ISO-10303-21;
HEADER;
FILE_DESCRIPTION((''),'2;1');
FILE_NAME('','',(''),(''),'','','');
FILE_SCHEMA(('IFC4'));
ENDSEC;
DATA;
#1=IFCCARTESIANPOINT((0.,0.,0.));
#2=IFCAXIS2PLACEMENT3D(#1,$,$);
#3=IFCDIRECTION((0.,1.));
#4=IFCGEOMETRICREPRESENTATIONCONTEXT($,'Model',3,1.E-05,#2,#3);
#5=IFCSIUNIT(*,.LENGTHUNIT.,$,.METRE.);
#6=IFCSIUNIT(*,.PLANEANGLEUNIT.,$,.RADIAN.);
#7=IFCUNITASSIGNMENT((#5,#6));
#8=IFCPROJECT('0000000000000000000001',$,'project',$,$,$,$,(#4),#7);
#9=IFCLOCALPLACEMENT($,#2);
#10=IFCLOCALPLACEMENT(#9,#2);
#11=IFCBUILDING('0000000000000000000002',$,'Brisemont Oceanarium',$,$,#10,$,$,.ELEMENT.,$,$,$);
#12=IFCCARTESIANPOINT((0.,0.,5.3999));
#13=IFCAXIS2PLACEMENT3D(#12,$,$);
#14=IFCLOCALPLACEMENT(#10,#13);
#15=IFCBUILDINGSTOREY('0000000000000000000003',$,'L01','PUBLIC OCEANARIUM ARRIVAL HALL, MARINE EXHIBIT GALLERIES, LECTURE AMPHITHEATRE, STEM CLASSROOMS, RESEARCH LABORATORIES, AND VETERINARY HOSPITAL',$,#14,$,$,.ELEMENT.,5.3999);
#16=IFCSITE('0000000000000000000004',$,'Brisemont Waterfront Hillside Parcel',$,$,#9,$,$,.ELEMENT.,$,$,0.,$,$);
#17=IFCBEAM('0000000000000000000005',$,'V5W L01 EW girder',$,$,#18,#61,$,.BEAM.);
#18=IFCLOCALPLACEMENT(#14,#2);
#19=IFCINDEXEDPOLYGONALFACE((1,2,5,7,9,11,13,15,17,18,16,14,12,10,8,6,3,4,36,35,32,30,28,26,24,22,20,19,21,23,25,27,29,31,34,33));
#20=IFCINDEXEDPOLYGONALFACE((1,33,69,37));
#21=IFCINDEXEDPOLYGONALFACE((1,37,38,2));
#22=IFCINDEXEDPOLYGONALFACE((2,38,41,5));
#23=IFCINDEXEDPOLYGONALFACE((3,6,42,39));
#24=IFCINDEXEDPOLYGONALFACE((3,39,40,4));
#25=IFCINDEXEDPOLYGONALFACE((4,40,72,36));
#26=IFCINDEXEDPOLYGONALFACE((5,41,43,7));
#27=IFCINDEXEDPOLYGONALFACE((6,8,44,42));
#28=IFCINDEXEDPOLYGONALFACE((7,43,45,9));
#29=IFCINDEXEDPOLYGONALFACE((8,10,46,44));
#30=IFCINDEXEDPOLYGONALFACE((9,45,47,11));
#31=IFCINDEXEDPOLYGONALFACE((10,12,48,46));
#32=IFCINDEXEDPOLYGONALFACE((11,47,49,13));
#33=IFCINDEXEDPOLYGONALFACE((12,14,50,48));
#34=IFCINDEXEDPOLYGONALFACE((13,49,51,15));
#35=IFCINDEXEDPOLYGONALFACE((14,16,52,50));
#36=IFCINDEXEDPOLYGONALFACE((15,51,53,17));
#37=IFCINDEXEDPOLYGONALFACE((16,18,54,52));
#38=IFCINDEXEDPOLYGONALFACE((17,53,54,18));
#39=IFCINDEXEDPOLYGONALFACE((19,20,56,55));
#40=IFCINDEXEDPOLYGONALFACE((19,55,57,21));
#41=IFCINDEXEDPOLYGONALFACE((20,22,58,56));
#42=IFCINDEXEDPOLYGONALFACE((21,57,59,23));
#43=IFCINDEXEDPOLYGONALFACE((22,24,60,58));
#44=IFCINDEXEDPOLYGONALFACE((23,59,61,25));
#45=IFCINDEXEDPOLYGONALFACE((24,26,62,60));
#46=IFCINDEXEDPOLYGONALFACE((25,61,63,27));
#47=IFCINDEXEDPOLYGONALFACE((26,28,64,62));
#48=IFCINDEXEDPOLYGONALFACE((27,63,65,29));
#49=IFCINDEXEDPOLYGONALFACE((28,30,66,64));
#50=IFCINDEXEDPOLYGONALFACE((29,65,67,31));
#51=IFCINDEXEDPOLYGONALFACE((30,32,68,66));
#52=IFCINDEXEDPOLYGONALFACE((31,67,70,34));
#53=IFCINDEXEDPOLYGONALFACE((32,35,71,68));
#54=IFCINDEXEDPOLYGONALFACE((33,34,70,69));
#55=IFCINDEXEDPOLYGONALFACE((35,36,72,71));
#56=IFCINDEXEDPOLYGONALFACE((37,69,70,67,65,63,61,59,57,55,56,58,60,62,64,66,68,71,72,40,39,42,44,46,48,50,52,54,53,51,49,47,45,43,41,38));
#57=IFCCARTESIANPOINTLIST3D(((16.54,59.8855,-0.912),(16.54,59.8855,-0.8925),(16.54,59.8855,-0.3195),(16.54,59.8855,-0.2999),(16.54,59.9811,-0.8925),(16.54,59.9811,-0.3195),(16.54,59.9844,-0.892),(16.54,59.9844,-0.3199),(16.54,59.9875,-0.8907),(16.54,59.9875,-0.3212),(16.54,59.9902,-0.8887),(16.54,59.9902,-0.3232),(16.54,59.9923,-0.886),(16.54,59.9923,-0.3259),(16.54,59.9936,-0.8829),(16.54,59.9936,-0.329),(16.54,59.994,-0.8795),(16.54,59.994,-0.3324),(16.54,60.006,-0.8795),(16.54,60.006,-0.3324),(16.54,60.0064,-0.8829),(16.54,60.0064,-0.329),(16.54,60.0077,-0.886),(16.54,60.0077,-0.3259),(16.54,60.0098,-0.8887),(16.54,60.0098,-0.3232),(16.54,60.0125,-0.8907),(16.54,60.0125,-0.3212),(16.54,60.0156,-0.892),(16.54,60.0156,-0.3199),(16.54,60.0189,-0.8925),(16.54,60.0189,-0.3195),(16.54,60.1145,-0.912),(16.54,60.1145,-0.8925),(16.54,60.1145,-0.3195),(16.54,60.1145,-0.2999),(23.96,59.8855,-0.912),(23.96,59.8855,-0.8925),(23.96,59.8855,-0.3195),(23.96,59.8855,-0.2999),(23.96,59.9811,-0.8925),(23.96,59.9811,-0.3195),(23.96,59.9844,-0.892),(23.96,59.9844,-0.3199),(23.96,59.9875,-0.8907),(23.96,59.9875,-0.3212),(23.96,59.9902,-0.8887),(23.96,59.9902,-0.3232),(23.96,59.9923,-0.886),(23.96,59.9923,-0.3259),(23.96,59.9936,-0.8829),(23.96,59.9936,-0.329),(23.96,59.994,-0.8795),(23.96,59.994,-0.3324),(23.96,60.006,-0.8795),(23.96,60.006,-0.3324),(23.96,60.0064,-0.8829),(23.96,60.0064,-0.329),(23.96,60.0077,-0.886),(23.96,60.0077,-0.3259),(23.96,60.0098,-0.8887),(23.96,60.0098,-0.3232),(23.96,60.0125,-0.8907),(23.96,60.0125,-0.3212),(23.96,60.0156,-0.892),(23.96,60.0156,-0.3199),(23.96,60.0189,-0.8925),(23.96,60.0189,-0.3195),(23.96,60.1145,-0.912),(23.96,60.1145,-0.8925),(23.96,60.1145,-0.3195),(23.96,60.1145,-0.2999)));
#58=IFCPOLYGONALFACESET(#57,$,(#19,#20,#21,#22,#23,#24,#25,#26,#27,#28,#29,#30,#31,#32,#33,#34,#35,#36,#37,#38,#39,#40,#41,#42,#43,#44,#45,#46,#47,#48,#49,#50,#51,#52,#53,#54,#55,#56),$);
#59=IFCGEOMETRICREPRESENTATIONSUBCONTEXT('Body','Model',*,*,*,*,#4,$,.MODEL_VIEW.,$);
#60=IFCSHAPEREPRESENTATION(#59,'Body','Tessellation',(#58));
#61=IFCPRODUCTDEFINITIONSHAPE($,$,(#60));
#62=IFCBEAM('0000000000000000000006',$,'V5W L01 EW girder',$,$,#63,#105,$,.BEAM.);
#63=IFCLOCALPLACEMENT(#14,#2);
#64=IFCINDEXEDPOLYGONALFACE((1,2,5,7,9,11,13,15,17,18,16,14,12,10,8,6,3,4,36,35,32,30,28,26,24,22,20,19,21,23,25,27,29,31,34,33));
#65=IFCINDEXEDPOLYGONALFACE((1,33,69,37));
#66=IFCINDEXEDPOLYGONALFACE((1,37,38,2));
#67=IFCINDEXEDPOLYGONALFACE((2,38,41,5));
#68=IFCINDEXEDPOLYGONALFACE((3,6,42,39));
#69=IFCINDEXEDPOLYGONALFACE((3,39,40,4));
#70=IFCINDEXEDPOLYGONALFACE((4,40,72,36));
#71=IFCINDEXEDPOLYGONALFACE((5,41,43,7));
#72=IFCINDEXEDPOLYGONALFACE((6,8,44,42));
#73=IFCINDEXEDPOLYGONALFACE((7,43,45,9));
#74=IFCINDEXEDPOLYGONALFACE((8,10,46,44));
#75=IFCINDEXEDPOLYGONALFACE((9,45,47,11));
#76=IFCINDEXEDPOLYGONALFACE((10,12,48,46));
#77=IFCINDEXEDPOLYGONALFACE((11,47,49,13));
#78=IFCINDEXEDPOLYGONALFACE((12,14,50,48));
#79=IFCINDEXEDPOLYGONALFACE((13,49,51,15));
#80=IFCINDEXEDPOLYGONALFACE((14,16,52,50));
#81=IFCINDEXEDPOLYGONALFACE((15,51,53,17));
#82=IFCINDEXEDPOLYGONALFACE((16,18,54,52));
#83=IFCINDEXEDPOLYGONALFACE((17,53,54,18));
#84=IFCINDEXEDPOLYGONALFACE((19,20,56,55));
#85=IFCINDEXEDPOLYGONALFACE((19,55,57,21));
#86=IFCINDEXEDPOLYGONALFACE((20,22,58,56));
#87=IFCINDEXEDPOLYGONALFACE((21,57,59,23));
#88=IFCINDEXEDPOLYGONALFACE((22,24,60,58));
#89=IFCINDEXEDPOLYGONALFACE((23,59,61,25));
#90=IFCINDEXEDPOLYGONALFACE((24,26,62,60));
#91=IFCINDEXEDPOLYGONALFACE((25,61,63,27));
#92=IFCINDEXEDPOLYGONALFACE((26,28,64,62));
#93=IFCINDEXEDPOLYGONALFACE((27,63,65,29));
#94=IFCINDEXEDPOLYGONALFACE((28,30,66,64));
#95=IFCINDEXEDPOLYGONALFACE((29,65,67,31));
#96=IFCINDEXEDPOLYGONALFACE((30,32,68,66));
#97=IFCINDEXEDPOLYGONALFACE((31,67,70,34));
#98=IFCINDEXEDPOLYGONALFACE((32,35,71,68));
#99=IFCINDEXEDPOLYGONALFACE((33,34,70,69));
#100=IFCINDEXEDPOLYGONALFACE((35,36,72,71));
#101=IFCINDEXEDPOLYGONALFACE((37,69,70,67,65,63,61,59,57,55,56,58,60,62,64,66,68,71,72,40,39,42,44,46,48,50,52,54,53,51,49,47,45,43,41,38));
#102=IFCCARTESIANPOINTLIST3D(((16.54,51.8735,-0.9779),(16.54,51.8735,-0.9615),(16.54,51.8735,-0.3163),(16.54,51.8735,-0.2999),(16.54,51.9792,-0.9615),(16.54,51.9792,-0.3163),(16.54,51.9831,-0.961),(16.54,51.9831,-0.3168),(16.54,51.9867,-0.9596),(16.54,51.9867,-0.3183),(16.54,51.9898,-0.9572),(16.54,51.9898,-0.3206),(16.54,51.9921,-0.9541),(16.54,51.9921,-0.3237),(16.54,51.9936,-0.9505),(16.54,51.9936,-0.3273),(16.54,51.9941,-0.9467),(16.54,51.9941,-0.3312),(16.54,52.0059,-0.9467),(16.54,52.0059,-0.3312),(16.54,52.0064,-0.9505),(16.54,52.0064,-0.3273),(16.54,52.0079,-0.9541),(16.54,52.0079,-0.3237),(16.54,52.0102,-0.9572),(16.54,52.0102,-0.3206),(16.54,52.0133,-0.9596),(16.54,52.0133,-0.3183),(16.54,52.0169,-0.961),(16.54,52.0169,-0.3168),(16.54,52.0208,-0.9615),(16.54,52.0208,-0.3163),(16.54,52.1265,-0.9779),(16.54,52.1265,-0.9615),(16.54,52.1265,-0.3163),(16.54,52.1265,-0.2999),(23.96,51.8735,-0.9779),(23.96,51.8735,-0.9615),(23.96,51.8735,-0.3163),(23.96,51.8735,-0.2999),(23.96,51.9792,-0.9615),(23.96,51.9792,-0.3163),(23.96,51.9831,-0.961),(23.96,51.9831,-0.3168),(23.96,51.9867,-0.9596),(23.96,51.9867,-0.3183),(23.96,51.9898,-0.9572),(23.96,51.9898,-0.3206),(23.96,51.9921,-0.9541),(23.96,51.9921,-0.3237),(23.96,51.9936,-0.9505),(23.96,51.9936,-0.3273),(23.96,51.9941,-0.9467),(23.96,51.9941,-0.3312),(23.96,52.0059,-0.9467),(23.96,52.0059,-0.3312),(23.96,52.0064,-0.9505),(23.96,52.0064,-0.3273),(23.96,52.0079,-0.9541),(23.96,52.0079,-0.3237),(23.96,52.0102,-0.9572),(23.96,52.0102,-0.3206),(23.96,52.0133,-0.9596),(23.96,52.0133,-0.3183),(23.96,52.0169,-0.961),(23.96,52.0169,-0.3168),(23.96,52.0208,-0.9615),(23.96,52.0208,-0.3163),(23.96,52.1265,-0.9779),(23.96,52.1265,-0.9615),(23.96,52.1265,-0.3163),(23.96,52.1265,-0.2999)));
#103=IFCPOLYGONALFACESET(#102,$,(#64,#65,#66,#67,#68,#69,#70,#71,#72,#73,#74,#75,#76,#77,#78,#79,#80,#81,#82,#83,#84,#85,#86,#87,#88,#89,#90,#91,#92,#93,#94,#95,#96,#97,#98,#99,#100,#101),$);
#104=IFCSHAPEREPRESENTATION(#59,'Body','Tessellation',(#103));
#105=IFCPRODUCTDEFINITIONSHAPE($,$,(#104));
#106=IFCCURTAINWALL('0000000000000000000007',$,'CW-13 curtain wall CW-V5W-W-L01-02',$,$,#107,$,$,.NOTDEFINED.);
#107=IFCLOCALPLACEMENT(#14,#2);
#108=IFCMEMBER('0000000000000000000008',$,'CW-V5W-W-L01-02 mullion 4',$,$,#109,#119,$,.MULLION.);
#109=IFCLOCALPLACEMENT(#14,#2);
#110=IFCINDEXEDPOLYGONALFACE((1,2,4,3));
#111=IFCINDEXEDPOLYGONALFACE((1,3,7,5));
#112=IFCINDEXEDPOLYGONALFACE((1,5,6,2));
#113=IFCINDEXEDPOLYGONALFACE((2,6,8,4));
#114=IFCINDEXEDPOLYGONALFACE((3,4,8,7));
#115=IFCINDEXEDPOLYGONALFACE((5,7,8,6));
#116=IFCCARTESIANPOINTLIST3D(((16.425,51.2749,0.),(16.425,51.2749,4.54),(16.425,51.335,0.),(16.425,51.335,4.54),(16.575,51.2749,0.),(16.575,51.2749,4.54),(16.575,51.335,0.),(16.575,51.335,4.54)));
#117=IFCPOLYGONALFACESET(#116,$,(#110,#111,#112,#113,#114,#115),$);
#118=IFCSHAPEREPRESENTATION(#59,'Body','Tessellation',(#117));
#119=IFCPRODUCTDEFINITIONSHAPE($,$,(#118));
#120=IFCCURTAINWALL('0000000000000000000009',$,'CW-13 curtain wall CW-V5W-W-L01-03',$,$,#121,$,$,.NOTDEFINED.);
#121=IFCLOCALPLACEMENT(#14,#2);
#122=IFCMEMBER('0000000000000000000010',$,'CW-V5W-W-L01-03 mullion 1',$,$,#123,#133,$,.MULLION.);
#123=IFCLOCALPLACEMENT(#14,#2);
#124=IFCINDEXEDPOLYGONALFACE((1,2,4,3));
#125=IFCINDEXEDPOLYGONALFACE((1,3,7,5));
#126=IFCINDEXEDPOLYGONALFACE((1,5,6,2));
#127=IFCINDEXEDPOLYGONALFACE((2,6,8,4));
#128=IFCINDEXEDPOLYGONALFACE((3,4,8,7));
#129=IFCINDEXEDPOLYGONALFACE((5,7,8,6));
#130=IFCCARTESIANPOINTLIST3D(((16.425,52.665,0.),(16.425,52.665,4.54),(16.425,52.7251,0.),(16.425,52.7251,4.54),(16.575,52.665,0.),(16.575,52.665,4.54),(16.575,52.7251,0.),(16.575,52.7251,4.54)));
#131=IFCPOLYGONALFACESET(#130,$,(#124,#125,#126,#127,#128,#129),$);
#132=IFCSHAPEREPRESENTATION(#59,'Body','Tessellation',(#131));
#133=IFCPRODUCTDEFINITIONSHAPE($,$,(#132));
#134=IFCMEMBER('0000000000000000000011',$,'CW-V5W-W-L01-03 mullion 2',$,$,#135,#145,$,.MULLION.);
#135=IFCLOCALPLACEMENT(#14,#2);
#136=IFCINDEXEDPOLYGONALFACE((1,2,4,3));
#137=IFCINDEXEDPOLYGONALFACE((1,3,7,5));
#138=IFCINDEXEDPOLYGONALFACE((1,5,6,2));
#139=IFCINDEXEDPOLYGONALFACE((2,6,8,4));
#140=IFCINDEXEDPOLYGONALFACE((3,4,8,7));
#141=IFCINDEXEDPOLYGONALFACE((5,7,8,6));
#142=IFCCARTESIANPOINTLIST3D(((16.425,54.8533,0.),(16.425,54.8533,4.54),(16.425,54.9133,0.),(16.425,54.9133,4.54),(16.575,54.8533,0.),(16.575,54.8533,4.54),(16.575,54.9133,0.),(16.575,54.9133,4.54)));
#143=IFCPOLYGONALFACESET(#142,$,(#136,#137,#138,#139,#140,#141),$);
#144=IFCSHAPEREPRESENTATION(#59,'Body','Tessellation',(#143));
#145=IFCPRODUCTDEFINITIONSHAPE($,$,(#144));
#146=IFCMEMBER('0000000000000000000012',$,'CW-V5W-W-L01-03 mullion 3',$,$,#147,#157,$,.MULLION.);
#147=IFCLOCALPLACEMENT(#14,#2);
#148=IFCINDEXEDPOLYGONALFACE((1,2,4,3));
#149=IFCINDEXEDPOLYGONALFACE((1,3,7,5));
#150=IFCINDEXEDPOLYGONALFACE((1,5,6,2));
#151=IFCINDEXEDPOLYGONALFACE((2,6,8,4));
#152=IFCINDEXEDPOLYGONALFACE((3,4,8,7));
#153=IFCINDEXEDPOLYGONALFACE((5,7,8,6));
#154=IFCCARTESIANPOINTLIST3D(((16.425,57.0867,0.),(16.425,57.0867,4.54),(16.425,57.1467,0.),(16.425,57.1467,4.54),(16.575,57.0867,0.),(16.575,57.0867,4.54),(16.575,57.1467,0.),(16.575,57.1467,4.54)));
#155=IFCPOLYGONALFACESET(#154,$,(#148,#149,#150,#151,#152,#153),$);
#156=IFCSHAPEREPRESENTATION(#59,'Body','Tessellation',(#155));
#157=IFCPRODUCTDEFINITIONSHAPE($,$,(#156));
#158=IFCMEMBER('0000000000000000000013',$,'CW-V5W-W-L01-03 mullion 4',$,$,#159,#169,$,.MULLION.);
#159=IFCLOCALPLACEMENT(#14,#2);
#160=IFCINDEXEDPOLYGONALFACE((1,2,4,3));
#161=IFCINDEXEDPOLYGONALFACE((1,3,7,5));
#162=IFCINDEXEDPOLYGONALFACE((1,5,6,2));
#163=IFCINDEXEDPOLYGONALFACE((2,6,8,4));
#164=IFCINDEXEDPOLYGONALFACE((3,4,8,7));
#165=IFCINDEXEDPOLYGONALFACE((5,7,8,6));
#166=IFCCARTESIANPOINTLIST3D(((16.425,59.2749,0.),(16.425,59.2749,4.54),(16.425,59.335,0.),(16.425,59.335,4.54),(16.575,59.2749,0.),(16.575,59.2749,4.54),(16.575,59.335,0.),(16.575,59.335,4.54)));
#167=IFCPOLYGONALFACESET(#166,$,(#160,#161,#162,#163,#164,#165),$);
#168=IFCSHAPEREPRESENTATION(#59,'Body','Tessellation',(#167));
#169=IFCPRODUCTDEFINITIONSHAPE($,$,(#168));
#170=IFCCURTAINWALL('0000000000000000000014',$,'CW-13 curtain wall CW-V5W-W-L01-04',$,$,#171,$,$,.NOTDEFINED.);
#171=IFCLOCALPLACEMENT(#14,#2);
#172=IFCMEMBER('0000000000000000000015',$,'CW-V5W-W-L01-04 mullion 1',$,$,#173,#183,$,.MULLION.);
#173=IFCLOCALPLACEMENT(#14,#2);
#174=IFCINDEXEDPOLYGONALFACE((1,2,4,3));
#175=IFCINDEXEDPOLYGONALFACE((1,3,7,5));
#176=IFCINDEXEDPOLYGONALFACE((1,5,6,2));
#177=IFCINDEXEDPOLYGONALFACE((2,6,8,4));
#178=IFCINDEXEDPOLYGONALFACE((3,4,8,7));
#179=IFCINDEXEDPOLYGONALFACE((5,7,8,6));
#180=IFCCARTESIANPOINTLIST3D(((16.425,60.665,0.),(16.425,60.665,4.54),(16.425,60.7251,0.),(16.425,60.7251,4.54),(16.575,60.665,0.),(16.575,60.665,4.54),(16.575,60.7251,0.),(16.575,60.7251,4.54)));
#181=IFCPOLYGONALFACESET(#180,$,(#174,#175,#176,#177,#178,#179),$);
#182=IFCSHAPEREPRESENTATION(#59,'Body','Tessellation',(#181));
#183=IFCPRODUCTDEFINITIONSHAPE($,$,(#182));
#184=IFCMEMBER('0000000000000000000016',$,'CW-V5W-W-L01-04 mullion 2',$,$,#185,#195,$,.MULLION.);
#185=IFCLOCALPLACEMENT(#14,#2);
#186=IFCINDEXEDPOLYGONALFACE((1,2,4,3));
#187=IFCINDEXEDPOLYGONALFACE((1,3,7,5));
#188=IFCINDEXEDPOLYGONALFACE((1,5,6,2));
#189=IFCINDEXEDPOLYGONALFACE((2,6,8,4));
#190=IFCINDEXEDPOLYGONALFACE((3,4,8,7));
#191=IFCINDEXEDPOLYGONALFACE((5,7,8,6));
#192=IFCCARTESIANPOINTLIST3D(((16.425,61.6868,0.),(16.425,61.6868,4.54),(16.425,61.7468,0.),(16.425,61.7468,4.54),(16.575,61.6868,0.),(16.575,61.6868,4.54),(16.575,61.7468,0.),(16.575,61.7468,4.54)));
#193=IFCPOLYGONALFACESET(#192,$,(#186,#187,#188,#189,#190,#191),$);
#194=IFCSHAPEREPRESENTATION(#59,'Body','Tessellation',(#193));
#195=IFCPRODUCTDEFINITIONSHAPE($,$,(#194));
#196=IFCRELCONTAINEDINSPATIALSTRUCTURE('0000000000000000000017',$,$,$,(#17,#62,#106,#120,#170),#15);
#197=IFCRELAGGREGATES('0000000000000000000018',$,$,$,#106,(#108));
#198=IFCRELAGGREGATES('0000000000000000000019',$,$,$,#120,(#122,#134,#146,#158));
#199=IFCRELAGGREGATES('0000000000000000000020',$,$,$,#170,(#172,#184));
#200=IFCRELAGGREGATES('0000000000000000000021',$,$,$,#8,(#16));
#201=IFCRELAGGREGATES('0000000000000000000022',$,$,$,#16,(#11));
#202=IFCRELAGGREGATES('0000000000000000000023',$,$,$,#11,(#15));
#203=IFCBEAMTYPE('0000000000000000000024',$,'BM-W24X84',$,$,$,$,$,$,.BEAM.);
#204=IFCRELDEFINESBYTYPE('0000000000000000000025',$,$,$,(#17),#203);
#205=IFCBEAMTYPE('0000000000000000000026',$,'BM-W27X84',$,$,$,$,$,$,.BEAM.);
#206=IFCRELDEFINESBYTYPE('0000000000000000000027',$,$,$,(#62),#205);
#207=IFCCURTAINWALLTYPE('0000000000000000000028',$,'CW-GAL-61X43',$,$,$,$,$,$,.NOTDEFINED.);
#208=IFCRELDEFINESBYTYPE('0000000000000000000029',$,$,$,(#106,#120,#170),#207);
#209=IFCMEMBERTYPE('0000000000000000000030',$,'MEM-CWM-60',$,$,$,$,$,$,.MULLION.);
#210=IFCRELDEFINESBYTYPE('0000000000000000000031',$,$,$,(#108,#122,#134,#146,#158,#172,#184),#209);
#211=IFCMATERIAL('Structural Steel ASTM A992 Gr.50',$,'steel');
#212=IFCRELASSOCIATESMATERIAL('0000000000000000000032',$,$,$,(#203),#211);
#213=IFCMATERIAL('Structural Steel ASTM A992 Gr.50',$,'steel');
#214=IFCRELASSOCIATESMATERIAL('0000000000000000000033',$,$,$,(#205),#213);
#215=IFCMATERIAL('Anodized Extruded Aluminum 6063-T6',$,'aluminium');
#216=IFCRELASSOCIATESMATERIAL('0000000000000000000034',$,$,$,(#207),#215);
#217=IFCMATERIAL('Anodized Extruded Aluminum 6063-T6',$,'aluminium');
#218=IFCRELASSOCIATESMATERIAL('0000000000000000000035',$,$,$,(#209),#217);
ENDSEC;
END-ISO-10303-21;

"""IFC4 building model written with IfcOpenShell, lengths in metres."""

from ifc_helpers import new_model, si_unit, direction, frame, origin, origin_2d, place, context, subcontext, project, spatial, rectangle, i_section, extrude, material, material_profile, profile_set, type_object, element, aggregate, save


model = new_model("IFC4")

# Units and contexts
model_context = context("Model", 3, precision=1e-05, world=origin(), true_north=direction((0.0, 1.0)))
body_context = subcontext(model_context, "Body", "Model", "MODEL_VIEW")
ifc_project = project(units=[si_unit("LENGTHUNIT", "METRE"), si_unit("PLANEANGLEUNIT", "RADIAN")], contexts=[model_context])

# Site, building, storey
site_placement = place(None, origin())
site = spatial("IfcSite", under=ifc_project, at=site_placement, Name="Brisemont Waterfront Hillside Parcel", CompositionType="ELEMENT", RefElevation=0.0)
building_placement = place(site_placement, origin())
building = spatial("IfcBuilding", under=site, at=building_placement, Name="Brisemont Oceanarium", CompositionType="ELEMENT")
storey_placement = place(building_placement, frame((0.0, 0.0, 5.3999)))
storey = spatial("IfcBuildingStorey", under=building, at=storey_placement, Name="L01", Description="PUBLIC OCEANARIUM ARRIVAL HALL, MARINE EXHIBIT GALLERIES, LECTURE AMPHITHEATRE, STEM CLASSROOMS, RESEARCH LABORATORIES, AND VETERINARY HOSPITAL", CompositionType="ELEMENT", Elevation=5.3999)

# Beams
ifc_material_1 = material(Name="Structural Steel ASTM A992 Gr.50", Category="steel")
ifc_material_profile_1 = material_profile(ifc_material_1, i_section(OverallWidth=0.229, OverallDepth=0.6121, WebThickness=0.012, FlangeThickness=0.0195, FilletRadius=0.0129, at=origin_2d()), Name="W24X84")
ifc_profile_set_1 = profile_set([ifc_material_profile_1], Name="Structural Steel ASTM A992 Gr.50")
beam_type_1 = type_object("IfcBeamType", Name="BM-W24X84", PredefinedType="BEAM", material=ifc_profile_set_1)
beam_1_placement = place(storey_placement, frame((16.54, 60.0, -0.606), z_axis=(1.0, 0.0, 0.0), x_axis=(0.0, 1.0, 0.0)))
element("IfcBeam", 1, at=beam_1_placement, inside=storey, type_object=beam_type_1, Name="V5W L01 EW girder", PredefinedType="BEAM", context=body_context, shape_type="SweptSolid", body=[
    extrude(i_section(OverallWidth=0.229, OverallDepth=0.6121, WebThickness=0.012, FlangeThickness=0.0195, FilletRadius=0.0129, at=origin_2d()), origin(), (0.0, 0.0, 1.0), 7.4199),
])
ifc_material_2 = material(Name="Structural Steel ASTM A992 Gr.50", Category="steel")
ifc_material_profile_2 = material_profile(ifc_material_2, i_section(OverallWidth=0.2529, OverallDepth=0.678, WebThickness=0.0117, FlangeThickness=0.0164, FilletRadius=0.0149, at=origin_2d()), Name="W27X84")
ifc_profile_set_2 = profile_set([ifc_material_profile_2], Name="Structural Steel ASTM A992 Gr.50")
beam_type_2 = type_object("IfcBeamType", Name="BM-W27X84", PredefinedType="BEAM", material=ifc_profile_set_2)
beam_2_placement = place(storey_placement, frame((16.54, 52.0, -0.6389), z_axis=(1.0, 0.0, 0.0), x_axis=(0.0, 1.0, 0.0)))
element("IfcBeam", 2, at=beam_2_placement, inside=storey, type_object=beam_type_2, Name="V5W L01 EW girder", PredefinedType="BEAM", context=body_context, shape_type="SweptSolid", body=[
    extrude(i_section(OverallWidth=0.2529, OverallDepth=0.678, WebThickness=0.0117, FlangeThickness=0.0164, FilletRadius=0.0149, at=origin_2d()), origin(), (0.0, 0.0, 1.0), 7.4199),
])

# Curtain wall, member
ifc_material_3 = material(Name="Anodized Extruded Aluminum 6063-T6", Category="aluminium")
curtain_wall_type = type_object("IfcCurtainWallType", Name="CW-GAL-61X43", PredefinedType="NOTDEFINED", material=ifc_material_3)
curtain_wall_1_placement = place(storey_placement, origin())
curtain_wall_1 = element("IfcCurtainWall", 3, at=curtain_wall_1_placement, inside=storey, type_object=curtain_wall_type, Name="CW-13 curtain wall CW-V5W-W-L01-02", PredefinedType="NOTDEFINED")
ifc_material_4 = material(Name="Anodized Extruded Aluminum 6063-T6", Category="aluminium")
ifc_material_profile_3 = material_profile(ifc_material_4, rectangle(XDim=0.0601, YDim=0.1499, at=origin_2d()), Name="CWM-60X150")
ifc_profile_set_3 = profile_set([ifc_material_profile_3], Name="Anodized Extruded Aluminum 6063-T6")
member_type_1 = type_object("IfcMemberType", Name="MEM-CWM-60", PredefinedType="MULLION", material=ifc_profile_set_3)
member_1_placement = place(storey_placement, frame((16.5, 51.3049, 0.0), z_axis=(0.0, 0.0, 1.0), x_axis=(0.0, 1.0, 0.0)))
member_1 = element("IfcMember", 4, at=member_1_placement, type_object=member_type_1, Name="CW-V5W-W-L01-02 mullion 4", PredefinedType="MULLION", context=body_context, shape_type="SweptSolid", body=[
    extrude(rectangle(XDim=0.0601, YDim=0.1499, at=origin_2d()), origin(), (0.0, 0.0, 1.0), 4.54),
])
aggregate(curtain_wall_1, [member_1])

# Curtain walls, members
curtain_wall_2_placement = place(storey_placement, origin())
curtain_wall_2 = element("IfcCurtainWall", 5, at=curtain_wall_2_placement, inside=storey, type_object=curtain_wall_type, Name="CW-13 curtain wall CW-V5W-W-L01-03", PredefinedType="NOTDEFINED")
member_2_placement = place(storey_placement, frame((16.5, 52.6951, 0.0), z_axis=(0.0, 0.0, 1.0), x_axis=(0.0, 1.0, 0.0)))
member_2 = element("IfcMember", 6, at=member_2_placement, type_object=member_type_1, Name="CW-V5W-W-L01-03 mullion 1", PredefinedType="MULLION", context=body_context, shape_type="SweptSolid", body=[
    extrude(rectangle(XDim=0.0601, YDim=0.1499, at=origin_2d()), origin(), (0.0, 0.0, 1.0), 4.54),
])
member_3_placement = place(storey_placement, frame((16.5, 54.8833, 0.0), z_axis=(0.0, 0.0, 1.0), x_axis=(0.0, 1.0, 0.0)))
member_3 = element("IfcMember", 7, at=member_3_placement, type_object=member_type_1, Name="CW-V5W-W-L01-03 mullion 2", PredefinedType="MULLION", context=body_context, shape_type="SweptSolid", body=[
    extrude(rectangle(XDim=0.0601, YDim=0.1499, at=origin_2d()), origin(), (0.0, 0.0, 1.0), 4.54),
])
member_4_placement = place(storey_placement, frame((16.5, 57.1167, 0.0), z_axis=(0.0, 0.0, 1.0), x_axis=(0.0, 1.0, 0.0)))
member_4 = element("IfcMember", 8, at=member_4_placement, type_object=member_type_1, Name="CW-V5W-W-L01-03 mullion 3", PredefinedType="MULLION", context=body_context, shape_type="SweptSolid", body=[
    extrude(rectangle(XDim=0.0601, YDim=0.1499, at=origin_2d()), origin(), (0.0, 0.0, 1.0), 4.54),
])
member_5_placement = place(storey_placement, frame((16.5, 59.3049, 0.0), z_axis=(0.0, 0.0, 1.0), x_axis=(0.0, 1.0, 0.0)))
member_5 = element("IfcMember", 9, at=member_5_placement, type_object=member_type_1, Name="CW-V5W-W-L01-03 mullion 4", PredefinedType="MULLION", context=body_context, shape_type="SweptSolid", body=[
    extrude(rectangle(XDim=0.0601, YDim=0.1499, at=origin_2d()), origin(), (0.0, 0.0, 1.0), 4.54),
])
curtain_wall_3_placement = place(storey_placement, origin())
curtain_wall_3 = element("IfcCurtainWall", 10, at=curtain_wall_3_placement, inside=storey, type_object=curtain_wall_type, Name="CW-13 curtain wall CW-V5W-W-L01-04", PredefinedType="NOTDEFINED")
member_6_placement = place(storey_placement, frame((16.5, 60.6951, 0.0), z_axis=(0.0, 0.0, 1.0), x_axis=(0.0, 1.0, 0.0)))
member_6 = element("IfcMember", 11, at=member_6_placement, type_object=member_type_1, Name="CW-V5W-W-L01-04 mullion 1", PredefinedType="MULLION", context=body_context, shape_type="SweptSolid", body=[
    extrude(rectangle(XDim=0.0601, YDim=0.1499, at=origin_2d()), origin(), (0.0, 0.0, 1.0), 4.54),
])
member_7_placement = place(storey_placement, frame((16.5, 61.7168, 0.0), z_axis=(0.0, 0.0, 1.0), x_axis=(0.0, 1.0, 0.0)))
member_7 = element("IfcMember", 12, at=member_7_placement, type_object=member_type_1, Name="CW-V5W-W-L01-04 mullion 2", PredefinedType="MULLION", context=body_context, shape_type="SweptSolid", body=[
    extrude(rectangle(XDim=0.0601, YDim=0.1499, at=origin_2d()), origin(), (0.0, 0.0, 1.0), 4.54),
])

aggregate(curtain_wall_2, [member_2, member_3, member_4, member_5])
aggregate(curtain_wall_3, [member_6, member_7])

save(model, "model.ifc")
